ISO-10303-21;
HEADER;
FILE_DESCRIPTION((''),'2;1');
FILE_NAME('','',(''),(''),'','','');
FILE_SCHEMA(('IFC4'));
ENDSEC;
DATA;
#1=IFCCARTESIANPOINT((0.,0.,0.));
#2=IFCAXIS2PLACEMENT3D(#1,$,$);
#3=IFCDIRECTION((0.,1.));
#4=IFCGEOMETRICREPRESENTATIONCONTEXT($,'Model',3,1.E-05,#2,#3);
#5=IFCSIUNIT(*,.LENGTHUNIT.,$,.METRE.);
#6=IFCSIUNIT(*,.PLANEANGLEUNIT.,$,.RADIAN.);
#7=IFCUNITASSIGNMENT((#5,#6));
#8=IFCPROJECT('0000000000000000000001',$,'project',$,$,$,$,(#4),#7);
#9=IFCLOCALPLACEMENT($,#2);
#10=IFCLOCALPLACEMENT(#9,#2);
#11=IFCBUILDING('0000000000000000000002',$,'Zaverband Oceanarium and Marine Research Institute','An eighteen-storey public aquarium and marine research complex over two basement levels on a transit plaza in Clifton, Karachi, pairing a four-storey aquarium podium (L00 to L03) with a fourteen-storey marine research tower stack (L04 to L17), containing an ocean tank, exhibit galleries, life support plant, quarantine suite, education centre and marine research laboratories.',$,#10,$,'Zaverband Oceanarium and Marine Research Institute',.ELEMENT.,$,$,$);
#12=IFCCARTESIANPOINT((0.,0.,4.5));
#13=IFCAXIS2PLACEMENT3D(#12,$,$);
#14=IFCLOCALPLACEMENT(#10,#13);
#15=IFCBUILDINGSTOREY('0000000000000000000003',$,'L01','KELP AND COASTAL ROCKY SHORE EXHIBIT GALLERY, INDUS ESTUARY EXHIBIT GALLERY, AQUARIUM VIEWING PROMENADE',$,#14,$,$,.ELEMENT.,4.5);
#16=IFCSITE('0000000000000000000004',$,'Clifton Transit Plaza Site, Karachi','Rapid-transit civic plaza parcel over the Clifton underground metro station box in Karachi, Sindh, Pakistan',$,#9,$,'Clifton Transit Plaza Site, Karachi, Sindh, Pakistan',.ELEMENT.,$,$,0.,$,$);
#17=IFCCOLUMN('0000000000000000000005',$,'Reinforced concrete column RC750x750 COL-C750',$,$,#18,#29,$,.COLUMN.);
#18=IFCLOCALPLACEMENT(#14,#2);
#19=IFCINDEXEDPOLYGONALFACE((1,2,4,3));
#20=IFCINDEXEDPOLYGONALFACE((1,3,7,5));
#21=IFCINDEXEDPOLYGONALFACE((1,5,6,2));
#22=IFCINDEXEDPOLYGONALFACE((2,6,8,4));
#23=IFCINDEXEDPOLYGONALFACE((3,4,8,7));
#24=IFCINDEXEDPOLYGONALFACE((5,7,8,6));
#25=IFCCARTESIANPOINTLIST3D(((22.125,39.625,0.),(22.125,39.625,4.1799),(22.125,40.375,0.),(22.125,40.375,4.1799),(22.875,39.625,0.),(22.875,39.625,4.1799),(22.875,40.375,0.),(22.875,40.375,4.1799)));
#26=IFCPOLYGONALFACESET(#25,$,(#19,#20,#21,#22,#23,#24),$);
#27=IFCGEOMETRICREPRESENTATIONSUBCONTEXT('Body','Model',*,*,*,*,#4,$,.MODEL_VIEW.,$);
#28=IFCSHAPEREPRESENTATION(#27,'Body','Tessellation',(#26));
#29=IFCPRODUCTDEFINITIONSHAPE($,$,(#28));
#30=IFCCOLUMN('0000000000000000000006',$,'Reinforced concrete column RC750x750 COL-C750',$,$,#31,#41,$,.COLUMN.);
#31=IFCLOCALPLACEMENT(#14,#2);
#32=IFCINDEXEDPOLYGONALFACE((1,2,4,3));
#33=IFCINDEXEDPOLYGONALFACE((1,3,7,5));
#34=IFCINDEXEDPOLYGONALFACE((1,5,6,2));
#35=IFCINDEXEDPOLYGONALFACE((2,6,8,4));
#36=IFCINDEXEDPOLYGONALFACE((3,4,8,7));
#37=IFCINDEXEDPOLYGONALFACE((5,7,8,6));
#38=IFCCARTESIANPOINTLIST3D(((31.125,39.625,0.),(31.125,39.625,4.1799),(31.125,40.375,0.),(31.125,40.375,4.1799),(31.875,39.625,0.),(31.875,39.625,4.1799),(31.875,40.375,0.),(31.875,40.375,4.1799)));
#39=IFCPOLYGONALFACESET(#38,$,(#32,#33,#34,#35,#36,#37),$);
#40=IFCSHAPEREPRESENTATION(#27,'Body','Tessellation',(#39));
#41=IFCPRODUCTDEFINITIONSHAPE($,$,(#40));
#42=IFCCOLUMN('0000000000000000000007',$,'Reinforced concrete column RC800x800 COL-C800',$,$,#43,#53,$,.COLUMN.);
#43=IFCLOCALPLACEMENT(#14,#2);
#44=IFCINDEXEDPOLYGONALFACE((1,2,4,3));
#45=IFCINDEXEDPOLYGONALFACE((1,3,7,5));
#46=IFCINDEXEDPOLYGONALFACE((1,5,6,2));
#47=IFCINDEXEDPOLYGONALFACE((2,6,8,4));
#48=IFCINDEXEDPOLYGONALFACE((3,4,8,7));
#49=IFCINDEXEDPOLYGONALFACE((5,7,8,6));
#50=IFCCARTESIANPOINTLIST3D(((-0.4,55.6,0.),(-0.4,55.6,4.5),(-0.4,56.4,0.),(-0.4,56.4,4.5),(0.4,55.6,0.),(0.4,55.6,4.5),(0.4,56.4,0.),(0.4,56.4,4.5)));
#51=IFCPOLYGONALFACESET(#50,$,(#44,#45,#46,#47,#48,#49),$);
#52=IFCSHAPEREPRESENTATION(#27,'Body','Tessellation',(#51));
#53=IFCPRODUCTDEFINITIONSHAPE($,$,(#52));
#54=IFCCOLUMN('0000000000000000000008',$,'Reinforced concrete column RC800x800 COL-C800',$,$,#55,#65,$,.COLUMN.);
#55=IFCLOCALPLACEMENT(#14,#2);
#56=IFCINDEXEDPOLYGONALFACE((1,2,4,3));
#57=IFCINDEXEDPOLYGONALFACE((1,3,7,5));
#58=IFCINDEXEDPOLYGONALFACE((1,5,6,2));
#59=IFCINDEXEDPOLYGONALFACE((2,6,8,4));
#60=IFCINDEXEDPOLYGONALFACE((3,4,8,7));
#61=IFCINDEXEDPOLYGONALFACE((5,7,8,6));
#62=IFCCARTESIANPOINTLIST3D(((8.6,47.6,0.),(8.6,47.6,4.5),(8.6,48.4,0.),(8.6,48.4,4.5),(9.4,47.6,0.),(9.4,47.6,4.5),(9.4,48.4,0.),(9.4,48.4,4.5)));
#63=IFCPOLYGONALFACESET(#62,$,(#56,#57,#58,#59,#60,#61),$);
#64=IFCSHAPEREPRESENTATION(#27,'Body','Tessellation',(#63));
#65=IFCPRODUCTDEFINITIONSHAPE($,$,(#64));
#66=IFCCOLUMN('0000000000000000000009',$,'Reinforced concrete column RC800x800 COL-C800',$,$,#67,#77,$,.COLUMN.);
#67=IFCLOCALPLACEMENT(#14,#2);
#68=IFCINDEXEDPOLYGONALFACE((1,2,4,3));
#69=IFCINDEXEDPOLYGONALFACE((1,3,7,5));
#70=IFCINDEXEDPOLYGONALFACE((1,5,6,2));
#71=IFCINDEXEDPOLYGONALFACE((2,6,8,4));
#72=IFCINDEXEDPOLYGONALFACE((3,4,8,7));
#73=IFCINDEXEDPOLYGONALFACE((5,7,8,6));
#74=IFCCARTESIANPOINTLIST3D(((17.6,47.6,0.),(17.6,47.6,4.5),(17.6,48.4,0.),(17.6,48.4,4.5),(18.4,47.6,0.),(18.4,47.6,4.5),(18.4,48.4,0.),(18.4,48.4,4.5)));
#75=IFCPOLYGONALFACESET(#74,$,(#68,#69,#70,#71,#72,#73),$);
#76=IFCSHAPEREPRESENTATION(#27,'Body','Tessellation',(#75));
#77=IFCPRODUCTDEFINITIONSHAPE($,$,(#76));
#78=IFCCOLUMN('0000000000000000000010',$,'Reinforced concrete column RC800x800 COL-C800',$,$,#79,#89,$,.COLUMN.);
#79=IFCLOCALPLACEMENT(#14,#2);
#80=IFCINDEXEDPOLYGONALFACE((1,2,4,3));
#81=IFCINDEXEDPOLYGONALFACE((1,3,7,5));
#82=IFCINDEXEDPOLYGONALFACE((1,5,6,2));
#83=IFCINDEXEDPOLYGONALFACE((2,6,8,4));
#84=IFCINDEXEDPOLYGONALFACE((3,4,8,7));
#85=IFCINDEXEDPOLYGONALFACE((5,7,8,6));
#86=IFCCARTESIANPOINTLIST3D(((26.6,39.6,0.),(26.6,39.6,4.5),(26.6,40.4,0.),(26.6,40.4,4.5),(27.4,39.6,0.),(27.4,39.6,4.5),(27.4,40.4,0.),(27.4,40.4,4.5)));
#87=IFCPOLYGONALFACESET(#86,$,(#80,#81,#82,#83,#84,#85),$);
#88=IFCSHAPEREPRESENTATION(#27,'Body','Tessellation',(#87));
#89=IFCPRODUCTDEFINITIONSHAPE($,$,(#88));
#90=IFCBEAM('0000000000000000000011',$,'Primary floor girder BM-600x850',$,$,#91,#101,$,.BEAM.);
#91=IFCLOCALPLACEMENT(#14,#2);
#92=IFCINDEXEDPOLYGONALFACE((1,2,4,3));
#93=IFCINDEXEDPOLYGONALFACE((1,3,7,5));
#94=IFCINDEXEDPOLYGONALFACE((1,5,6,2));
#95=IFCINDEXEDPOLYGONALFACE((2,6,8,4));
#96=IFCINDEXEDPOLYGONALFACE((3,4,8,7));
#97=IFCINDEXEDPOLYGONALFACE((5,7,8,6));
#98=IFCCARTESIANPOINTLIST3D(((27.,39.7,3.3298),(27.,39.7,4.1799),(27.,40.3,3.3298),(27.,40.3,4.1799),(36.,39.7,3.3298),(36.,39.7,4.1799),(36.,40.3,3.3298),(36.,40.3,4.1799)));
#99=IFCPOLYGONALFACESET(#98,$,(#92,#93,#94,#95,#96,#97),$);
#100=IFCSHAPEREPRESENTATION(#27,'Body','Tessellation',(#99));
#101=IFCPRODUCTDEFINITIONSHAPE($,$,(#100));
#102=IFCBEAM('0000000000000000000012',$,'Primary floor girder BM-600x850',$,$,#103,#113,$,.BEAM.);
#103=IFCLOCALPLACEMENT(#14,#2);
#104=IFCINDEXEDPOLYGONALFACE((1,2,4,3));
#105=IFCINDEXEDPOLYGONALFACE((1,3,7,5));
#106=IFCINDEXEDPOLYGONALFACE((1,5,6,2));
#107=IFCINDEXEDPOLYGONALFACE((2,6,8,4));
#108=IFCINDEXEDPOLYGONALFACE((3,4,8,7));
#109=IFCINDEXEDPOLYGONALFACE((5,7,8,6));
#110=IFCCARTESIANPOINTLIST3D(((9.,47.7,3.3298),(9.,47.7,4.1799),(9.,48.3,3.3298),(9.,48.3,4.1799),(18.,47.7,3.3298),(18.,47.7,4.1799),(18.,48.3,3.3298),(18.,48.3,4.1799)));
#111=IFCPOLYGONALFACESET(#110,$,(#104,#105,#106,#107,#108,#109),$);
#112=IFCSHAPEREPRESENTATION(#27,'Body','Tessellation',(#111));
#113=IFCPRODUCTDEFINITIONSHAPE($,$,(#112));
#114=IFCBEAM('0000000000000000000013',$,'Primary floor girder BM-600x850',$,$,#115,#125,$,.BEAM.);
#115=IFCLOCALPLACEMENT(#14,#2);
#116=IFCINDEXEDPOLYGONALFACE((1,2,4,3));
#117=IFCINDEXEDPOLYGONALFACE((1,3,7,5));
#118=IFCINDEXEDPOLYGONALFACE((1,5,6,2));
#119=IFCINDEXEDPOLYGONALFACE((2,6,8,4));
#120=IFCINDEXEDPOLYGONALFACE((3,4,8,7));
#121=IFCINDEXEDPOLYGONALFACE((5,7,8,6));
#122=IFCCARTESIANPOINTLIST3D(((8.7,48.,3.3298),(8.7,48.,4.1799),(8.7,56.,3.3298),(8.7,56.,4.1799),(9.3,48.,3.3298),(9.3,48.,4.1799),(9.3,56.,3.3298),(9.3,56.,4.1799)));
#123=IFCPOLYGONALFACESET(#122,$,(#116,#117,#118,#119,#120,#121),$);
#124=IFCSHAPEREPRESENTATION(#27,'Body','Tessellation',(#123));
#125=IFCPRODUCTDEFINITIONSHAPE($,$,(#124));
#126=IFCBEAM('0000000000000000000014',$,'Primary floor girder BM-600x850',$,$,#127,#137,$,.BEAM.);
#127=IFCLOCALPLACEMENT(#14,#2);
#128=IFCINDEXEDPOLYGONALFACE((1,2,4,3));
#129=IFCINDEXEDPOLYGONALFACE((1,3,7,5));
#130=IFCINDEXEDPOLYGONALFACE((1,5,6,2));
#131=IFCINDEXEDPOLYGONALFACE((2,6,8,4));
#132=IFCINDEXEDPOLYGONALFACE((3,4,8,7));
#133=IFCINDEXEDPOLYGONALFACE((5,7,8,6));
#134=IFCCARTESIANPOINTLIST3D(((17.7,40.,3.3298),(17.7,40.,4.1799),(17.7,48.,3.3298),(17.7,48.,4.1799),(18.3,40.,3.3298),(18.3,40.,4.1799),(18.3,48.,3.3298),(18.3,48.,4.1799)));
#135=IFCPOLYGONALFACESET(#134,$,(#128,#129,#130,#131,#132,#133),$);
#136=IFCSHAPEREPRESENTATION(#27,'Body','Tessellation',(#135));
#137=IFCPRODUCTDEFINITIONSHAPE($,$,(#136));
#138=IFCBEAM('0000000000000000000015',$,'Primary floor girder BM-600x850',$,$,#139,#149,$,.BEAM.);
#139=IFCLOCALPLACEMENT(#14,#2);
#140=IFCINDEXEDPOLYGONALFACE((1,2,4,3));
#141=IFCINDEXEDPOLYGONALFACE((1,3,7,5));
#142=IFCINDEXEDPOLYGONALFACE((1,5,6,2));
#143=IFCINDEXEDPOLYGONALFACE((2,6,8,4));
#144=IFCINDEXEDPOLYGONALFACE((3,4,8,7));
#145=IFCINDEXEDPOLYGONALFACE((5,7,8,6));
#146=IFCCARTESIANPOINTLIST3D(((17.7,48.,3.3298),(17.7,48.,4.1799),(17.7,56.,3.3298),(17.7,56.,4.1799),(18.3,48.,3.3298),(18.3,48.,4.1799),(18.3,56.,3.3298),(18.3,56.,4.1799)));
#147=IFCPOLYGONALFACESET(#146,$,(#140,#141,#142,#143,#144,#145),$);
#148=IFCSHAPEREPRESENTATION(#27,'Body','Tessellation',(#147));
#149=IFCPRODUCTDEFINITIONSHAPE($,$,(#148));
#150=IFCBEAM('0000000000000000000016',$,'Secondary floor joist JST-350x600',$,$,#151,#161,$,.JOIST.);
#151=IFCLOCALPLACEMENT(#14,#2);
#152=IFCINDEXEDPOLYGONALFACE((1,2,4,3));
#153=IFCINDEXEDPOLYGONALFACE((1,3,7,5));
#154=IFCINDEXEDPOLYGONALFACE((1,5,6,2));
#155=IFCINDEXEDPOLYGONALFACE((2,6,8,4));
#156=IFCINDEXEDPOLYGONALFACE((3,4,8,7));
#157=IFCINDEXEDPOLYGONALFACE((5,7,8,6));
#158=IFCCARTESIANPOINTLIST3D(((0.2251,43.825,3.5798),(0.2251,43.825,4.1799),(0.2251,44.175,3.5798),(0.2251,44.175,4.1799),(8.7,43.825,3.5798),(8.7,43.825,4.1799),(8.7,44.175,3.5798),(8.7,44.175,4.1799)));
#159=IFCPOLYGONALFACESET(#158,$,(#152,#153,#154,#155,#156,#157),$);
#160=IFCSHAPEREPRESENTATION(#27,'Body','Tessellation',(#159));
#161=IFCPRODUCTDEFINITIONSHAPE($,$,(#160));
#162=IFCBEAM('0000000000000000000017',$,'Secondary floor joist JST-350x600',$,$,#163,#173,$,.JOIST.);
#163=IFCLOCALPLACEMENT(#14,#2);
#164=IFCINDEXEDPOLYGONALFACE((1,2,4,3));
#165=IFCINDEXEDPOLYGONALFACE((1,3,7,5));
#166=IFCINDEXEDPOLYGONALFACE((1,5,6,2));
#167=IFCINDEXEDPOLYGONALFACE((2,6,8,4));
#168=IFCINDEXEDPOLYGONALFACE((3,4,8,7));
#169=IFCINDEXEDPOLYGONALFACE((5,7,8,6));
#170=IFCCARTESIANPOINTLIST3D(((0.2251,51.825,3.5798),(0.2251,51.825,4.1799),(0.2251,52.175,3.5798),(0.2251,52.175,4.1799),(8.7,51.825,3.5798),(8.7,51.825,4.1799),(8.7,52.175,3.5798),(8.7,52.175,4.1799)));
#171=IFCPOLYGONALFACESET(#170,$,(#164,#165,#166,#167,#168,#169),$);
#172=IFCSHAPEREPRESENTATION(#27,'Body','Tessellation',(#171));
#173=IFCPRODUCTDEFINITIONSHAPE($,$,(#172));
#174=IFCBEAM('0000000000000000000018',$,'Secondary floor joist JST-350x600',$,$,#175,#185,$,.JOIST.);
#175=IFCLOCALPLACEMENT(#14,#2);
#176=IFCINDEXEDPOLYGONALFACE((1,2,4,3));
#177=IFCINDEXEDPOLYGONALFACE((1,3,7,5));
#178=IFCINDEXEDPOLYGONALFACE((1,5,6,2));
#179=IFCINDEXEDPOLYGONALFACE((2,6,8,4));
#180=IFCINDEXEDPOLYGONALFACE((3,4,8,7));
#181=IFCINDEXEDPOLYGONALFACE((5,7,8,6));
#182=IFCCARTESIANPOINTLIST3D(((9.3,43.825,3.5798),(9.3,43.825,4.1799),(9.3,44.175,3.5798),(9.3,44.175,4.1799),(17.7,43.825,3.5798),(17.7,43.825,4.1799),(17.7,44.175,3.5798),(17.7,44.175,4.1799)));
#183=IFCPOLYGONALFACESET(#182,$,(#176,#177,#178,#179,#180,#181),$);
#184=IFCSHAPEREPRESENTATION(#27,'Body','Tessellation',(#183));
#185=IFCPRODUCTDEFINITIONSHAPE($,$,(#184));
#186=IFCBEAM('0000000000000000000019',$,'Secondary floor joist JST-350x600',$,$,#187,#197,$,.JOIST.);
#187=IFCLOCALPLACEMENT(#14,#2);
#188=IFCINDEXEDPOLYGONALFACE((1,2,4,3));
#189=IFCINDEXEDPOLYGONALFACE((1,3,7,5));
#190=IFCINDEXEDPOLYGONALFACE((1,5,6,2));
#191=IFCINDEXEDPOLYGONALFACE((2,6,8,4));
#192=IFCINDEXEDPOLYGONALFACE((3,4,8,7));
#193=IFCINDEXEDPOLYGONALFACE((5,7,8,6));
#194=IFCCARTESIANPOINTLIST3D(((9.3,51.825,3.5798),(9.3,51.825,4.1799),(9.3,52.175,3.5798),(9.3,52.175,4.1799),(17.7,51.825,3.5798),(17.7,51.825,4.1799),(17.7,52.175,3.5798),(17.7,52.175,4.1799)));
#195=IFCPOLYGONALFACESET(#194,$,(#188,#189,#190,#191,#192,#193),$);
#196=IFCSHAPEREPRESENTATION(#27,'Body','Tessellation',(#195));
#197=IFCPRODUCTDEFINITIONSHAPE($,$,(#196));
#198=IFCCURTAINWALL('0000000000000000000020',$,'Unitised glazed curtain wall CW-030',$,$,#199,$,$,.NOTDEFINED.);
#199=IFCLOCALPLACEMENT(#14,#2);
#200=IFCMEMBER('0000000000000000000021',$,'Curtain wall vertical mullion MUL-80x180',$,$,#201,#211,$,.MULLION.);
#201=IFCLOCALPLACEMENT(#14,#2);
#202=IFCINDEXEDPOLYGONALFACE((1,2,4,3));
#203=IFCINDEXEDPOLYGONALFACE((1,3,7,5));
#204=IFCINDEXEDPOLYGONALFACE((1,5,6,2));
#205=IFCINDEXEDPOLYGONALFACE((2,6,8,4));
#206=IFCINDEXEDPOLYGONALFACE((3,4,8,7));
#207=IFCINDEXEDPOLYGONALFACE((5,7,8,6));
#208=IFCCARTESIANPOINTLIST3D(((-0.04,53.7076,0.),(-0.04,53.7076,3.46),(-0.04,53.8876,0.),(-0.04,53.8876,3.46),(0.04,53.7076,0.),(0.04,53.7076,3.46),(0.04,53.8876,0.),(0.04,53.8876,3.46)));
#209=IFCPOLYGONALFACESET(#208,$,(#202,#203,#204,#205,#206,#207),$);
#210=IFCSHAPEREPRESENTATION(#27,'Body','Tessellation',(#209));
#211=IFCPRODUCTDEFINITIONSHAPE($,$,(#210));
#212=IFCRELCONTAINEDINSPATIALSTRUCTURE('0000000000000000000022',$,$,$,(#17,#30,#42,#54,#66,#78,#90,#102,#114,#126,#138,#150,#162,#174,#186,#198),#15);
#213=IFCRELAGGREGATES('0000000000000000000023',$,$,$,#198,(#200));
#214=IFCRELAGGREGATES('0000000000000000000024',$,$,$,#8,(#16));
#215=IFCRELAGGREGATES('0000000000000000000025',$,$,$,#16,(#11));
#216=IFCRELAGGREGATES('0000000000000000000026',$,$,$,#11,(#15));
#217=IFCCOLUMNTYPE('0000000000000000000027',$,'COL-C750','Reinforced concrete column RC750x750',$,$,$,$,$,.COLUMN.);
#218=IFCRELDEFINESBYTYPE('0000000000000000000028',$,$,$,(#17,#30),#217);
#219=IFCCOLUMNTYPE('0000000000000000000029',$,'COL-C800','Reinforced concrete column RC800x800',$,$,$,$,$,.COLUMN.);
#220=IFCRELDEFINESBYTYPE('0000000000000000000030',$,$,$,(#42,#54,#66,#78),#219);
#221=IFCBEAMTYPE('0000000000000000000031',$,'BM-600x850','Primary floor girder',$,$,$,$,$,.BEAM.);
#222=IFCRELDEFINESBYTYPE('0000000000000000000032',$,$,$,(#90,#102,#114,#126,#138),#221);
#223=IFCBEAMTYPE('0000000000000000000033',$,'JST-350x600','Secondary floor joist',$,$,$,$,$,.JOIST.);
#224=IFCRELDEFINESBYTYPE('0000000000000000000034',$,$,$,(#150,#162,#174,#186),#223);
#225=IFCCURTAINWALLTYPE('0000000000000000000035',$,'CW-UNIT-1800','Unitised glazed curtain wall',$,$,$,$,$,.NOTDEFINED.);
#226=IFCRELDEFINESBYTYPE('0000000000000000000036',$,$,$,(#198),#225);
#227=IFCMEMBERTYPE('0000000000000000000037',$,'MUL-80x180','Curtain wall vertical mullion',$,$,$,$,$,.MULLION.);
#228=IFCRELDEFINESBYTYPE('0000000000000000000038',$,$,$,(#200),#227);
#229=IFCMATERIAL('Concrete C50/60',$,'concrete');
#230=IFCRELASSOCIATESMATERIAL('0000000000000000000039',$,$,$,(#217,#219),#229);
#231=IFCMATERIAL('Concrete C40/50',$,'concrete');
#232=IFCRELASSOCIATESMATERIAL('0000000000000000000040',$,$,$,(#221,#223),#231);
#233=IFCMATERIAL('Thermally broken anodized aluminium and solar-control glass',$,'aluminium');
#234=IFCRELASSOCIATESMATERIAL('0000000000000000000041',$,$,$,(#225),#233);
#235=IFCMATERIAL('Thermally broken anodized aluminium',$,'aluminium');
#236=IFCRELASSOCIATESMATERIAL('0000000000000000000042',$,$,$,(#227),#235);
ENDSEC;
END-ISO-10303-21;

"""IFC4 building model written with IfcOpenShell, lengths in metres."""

from ifc_helpers import new_model, si_unit, direction, frame, origin, origin_2d, place, context, subcontext, project, spatial, rectangle, extrude, material, material_profile, profile_set, type_object, element, aggregate, save


model = new_model("IFC4")

# Units and contexts
model_context = context("Model", 3, precision=1e-05, world=origin(), true_north=direction((0.0, 1.0)))
body_context = subcontext(model_context, "Body", "Model", "MODEL_VIEW")
ifc_project = project(units=[si_unit("LENGTHUNIT", "METRE"), si_unit("PLANEANGLEUNIT", "RADIAN")], contexts=[model_context])

# Site, building, storey
site_placement = place(None, origin())
site = spatial("IfcSite", under=ifc_project, at=site_placement, Name="Clifton Transit Plaza Site, Karachi", Description="Rapid-transit civic plaza parcel over the Clifton underground metro station box in Karachi, Sindh, Pakistan", LongName="Clifton Transit Plaza Site, Karachi, Sindh, Pakistan", CompositionType="ELEMENT", RefElevation=0.0)
building_placement = place(site_placement, origin())
building = spatial("IfcBuilding", under=site, at=building_placement, Name="Zaverband Oceanarium and Marine Research Institute", Description="An eighteen-storey public aquarium and marine research complex over two basement levels on a transit plaza in Clifton, Karachi, pairing a four-storey aquarium podium (L00 to L03) with a fourteen-storey marine research tower stack (L04 to L17), containing an ocean tank, exhibit galleries, life support plant, quarantine suite, education centre and marine research laboratories.", LongName="Zaverband Oceanarium and Marine Research Institute", CompositionType="ELEMENT")
storey_placement = place(building_placement, frame((0.0, 0.0, 4.5)))
storey = spatial("IfcBuildingStorey", under=building, at=storey_placement, Name="L01", Description="KELP AND COASTAL ROCKY SHORE EXHIBIT GALLERY, INDUS ESTUARY EXHIBIT GALLERY, AQUARIUM VIEWING PROMENADE", CompositionType="ELEMENT", Elevation=4.5)

# Columns
ifc_material_1 = material(Name="Concrete C50/60", Category="concrete")
ifc_material_profile_1 = material_profile(ifc_material_1, rectangle(XDim=0.75, YDim=0.75, at=origin_2d()), Name="RC750x750")
ifc_profile_set_1 = profile_set([ifc_material_profile_1], Name="Concrete C50/60")
column_type_1 = type_object("IfcColumnType", Name="COL-C750", Description="Reinforced concrete column RC750x750", PredefinedType="COLUMN", material=ifc_profile_set_1)
for number, where, z_axis, x_axis, name in (
    (1, (22.5, 40.0, 0.0), (0.0, 0.0, 1.0), (1.0, 0.0, 0.0), "Reinforced concrete column RC750x750 COL-C750"),
    (2, (31.5, 40.0, 0.0), (0.0, 0.0, 1.0), (1.0, 0.0, 0.0), "Reinforced concrete column RC750x750 COL-C750"),
):
    element("IfcColumn", number, at=place(storey_placement, frame(where, z_axis=z_axis, x_axis=x_axis)), inside=storey, type_object=column_type_1, Name=name, PredefinedType="COLUMN", context=body_context, shape_type="SweptSolid", body=[
        extrude(rectangle(XDim=0.75, YDim=0.75, at=origin_2d()), origin(), (0.0, 0.0, 1.0), 4.1799),
    ])
ifc_material_profile_2 = material_profile(ifc_material_1, rectangle(XDim=0.8, YDim=0.8, at=origin_2d()), Name="RC800x800")
ifc_profile_set_2 = profile_set([ifc_material_profile_2], Name="Concrete C50/60")
column_type_2 = type_object("IfcColumnType", Name="COL-C800", Description="Reinforced concrete column RC800x800", PredefinedType="COLUMN", material=ifc_profile_set_2)
for number, where, z_axis, x_axis, name in (
    (3, (0.0, 56.0, 0.0), (0.0, 0.0, 1.0), (1.0, 0.0, 0.0), "Reinforced concrete column RC800x800 COL-C800"),
    (4, (9.0, 48.0, 0.0), (0.0, 0.0, 1.0), (1.0, 0.0, 0.0), "Reinforced concrete column RC800x800 COL-C800"),
    (5, (18.0, 48.0, 0.0), (0.0, 0.0, 1.0), (1.0, 0.0, 0.0), "Reinforced concrete column RC800x800 COL-C800"),
    (6, (27.0, 40.0, 0.0), (0.0, 0.0, 1.0), (1.0, 0.0, 0.0), "Reinforced concrete column RC800x800 COL-C800"),
):
    element("IfcColumn", number, at=place(storey_placement, frame(where, z_axis=z_axis, x_axis=x_axis)), inside=storey, type_object=column_type_2, Name=name, PredefinedType="COLUMN", context=body_context, shape_type="SweptSolid", body=[
        extrude(rectangle(XDim=0.8, YDim=0.8, at=origin_2d()), origin(), (0.0, 0.0, 1.0), 4.5),
    ])

# Beams
ifc_material_2 = material(Name="Concrete C40/50", Category="concrete")
ifc_material_profile_3 = material_profile(ifc_material_2, rectangle(XDim=0.6001, YDim=0.8501, at=origin_2d()), Name="RC600x850")
ifc_profile_set_3 = profile_set([ifc_material_profile_3], Name="Concrete C40/50")
beam_type_1 = type_object("IfcBeamType", Name="BM-600x850", Description="Primary floor girder", PredefinedType="BEAM", material=ifc_profile_set_3)
for number, where, z_axis, x_axis, name in (
    (7, (27.0, 40.0, 3.7549), (1.0, 0.0, 0.0), (0.0, 1.0, 0.0), "Primary floor girder BM-600x850"),
    (8, (9.0, 48.0, 3.7549), (1.0, 0.0, 0.0), (0.0, 1.0, 0.0), "Primary floor girder BM-600x850"),
):
    element("IfcBeam", number, at=place(storey_placement, frame(where, z_axis=z_axis, x_axis=x_axis)), inside=storey, type_object=beam_type_1, Name=name, PredefinedType="BEAM", context=body_context, shape_type="SweptSolid", body=[
        extrude(rectangle(XDim=0.6001, YDim=0.8501, at=origin_2d()), origin(), (0.0, 0.0, 1.0), 9.0),
    ])
for number, where, z_axis, x_axis, name in (
    (9, (9.0, 48.0, 3.7549), (0.0, 1.0, 0.0), (-1.0, 0.0, 0.0), "Primary floor girder BM-600x850"),
    (10, (18.0, 40.0, 3.7549), (0.0, 1.0, 0.0), (-1.0, 0.0, 0.0), "Primary floor girder BM-600x850"),
    (11, (18.0, 48.0, 3.7549), (0.0, 1.0, 0.0), (-1.0, 0.0, 0.0), "Primary floor girder BM-600x850"),
):
    element("IfcBeam", number, at=place(storey_placement, frame(where, z_axis=z_axis, x_axis=x_axis)), inside=storey, type_object=beam_type_1, Name=name, PredefinedType="BEAM", context=body_context, shape_type="SweptSolid", body=[
        extrude(rectangle(XDim=0.6001, YDim=0.8501, at=origin_2d()), origin(), (0.0, 0.0, 1.0), 8.0),
    ])
ifc_material_profile_4 = material_profile(ifc_material_2, rectangle(XDim=0.3501, YDim=0.6001, at=origin_2d()), Name="RC350x600")
ifc_profile_set_4 = profile_set([ifc_material_profile_4], Name="Concrete C40/50")
beam_type_2 = type_object("IfcBeamType", Name="JST-350x600", Description="Secondary floor joist", PredefinedType="JOIST", material=ifc_profile_set_4)
for number, where, z_axis, x_axis, name in (
    (12, (0.2251, 44.0, 3.8799), (1.0, 0.0, 0.0), (0.0, 1.0, 0.0), "Secondary floor joist JST-350x600"),
    (13, (0.2251, 52.0, 3.8799), (1.0, 0.0, 0.0), (0.0, 1.0, 0.0), "Secondary floor joist JST-350x600"),
):
    element("IfcBeam", number, at=place(storey_placement, frame(where, z_axis=z_axis, x_axis=x_axis)), inside=storey, type_object=beam_type_2, Name=name, PredefinedType="JOIST", context=body_context, shape_type="SweptSolid", body=[
        extrude(rectangle(XDim=0.3501, YDim=0.6001, at=origin_2d()), origin(), (0.0, 0.0, 1.0), 8.4749),
    ])
for number, where, z_axis, x_axis, name in (
    (14, (9.3, 44.0, 3.8799), (1.0, 0.0, 0.0), (0.0, 1.0, 0.0), "Secondary floor joist JST-350x600"),
    (15, (9.3, 52.0, 3.8799), (1.0, 0.0, 0.0), (0.0, 1.0, 0.0), "Secondary floor joist JST-350x600"),
):
    element("IfcBeam", number, at=place(storey_placement, frame(where, z_axis=z_axis, x_axis=x_axis)), inside=storey, type_object=beam_type_2, Name=name, PredefinedType="JOIST", context=body_context, shape_type="SweptSolid", body=[
        extrude(rectangle(XDim=0.3501, YDim=0.6001, at=origin_2d()), origin(), (0.0, 0.0, 1.0), 8.3999),
    ])

# Curtain wall, member
ifc_material_3 = material(Name="Thermally broken anodized aluminium and solar-control glass", Category="aluminium")
curtain_wall_type = type_object("IfcCurtainWallType", Name="CW-UNIT-1800", Description="Unitised glazed curtain wall", PredefinedType="NOTDEFINED", material=ifc_material_3)
curtain_wall_placement = place(storey_placement, origin())
curtain_wall = element("IfcCurtainWall", 16, at=curtain_wall_placement, inside=storey, type_object=curtain_wall_type, Name="Unitised glazed curtain wall CW-030", PredefinedType="NOTDEFINED")
ifc_material_4 = material(Name="Thermally broken anodized aluminium", Category="aluminium")
ifc_material_profile_5 = material_profile(ifc_material_4, rectangle(XDim=0.0801, YDim=0.1799, at=origin_2d()), Name="AL-MUL-80x180")
ifc_profile_set_5 = profile_set([ifc_material_profile_5], Name="Thermally broken anodized aluminium")
member_type = type_object("IfcMemberType", Name="MUL-80x180", Description="Curtain wall vertical mullion", PredefinedType="MULLION", material=ifc_profile_set_5)
member_1_placement = place(storey_placement, frame((0.0, 53.7976, 0.0), z_axis=(0.0, 0.0, 1.0), x_axis=(1.0, 0.0, 0.0)))
member_1 = element("IfcMember", 17, at=member_1_placement, type_object=member_type, Name="Curtain wall vertical mullion MUL-80x180", PredefinedType="MULLION", context=body_context, shape_type="SweptSolid", body=[
    extrude(rectangle(XDim=0.0801, YDim=0.1799, at=origin_2d()), origin(), (0.0, 0.0, 1.0), 3.46),
])

aggregate(curtain_wall, [member_1])

save(model, "model.ifc")
